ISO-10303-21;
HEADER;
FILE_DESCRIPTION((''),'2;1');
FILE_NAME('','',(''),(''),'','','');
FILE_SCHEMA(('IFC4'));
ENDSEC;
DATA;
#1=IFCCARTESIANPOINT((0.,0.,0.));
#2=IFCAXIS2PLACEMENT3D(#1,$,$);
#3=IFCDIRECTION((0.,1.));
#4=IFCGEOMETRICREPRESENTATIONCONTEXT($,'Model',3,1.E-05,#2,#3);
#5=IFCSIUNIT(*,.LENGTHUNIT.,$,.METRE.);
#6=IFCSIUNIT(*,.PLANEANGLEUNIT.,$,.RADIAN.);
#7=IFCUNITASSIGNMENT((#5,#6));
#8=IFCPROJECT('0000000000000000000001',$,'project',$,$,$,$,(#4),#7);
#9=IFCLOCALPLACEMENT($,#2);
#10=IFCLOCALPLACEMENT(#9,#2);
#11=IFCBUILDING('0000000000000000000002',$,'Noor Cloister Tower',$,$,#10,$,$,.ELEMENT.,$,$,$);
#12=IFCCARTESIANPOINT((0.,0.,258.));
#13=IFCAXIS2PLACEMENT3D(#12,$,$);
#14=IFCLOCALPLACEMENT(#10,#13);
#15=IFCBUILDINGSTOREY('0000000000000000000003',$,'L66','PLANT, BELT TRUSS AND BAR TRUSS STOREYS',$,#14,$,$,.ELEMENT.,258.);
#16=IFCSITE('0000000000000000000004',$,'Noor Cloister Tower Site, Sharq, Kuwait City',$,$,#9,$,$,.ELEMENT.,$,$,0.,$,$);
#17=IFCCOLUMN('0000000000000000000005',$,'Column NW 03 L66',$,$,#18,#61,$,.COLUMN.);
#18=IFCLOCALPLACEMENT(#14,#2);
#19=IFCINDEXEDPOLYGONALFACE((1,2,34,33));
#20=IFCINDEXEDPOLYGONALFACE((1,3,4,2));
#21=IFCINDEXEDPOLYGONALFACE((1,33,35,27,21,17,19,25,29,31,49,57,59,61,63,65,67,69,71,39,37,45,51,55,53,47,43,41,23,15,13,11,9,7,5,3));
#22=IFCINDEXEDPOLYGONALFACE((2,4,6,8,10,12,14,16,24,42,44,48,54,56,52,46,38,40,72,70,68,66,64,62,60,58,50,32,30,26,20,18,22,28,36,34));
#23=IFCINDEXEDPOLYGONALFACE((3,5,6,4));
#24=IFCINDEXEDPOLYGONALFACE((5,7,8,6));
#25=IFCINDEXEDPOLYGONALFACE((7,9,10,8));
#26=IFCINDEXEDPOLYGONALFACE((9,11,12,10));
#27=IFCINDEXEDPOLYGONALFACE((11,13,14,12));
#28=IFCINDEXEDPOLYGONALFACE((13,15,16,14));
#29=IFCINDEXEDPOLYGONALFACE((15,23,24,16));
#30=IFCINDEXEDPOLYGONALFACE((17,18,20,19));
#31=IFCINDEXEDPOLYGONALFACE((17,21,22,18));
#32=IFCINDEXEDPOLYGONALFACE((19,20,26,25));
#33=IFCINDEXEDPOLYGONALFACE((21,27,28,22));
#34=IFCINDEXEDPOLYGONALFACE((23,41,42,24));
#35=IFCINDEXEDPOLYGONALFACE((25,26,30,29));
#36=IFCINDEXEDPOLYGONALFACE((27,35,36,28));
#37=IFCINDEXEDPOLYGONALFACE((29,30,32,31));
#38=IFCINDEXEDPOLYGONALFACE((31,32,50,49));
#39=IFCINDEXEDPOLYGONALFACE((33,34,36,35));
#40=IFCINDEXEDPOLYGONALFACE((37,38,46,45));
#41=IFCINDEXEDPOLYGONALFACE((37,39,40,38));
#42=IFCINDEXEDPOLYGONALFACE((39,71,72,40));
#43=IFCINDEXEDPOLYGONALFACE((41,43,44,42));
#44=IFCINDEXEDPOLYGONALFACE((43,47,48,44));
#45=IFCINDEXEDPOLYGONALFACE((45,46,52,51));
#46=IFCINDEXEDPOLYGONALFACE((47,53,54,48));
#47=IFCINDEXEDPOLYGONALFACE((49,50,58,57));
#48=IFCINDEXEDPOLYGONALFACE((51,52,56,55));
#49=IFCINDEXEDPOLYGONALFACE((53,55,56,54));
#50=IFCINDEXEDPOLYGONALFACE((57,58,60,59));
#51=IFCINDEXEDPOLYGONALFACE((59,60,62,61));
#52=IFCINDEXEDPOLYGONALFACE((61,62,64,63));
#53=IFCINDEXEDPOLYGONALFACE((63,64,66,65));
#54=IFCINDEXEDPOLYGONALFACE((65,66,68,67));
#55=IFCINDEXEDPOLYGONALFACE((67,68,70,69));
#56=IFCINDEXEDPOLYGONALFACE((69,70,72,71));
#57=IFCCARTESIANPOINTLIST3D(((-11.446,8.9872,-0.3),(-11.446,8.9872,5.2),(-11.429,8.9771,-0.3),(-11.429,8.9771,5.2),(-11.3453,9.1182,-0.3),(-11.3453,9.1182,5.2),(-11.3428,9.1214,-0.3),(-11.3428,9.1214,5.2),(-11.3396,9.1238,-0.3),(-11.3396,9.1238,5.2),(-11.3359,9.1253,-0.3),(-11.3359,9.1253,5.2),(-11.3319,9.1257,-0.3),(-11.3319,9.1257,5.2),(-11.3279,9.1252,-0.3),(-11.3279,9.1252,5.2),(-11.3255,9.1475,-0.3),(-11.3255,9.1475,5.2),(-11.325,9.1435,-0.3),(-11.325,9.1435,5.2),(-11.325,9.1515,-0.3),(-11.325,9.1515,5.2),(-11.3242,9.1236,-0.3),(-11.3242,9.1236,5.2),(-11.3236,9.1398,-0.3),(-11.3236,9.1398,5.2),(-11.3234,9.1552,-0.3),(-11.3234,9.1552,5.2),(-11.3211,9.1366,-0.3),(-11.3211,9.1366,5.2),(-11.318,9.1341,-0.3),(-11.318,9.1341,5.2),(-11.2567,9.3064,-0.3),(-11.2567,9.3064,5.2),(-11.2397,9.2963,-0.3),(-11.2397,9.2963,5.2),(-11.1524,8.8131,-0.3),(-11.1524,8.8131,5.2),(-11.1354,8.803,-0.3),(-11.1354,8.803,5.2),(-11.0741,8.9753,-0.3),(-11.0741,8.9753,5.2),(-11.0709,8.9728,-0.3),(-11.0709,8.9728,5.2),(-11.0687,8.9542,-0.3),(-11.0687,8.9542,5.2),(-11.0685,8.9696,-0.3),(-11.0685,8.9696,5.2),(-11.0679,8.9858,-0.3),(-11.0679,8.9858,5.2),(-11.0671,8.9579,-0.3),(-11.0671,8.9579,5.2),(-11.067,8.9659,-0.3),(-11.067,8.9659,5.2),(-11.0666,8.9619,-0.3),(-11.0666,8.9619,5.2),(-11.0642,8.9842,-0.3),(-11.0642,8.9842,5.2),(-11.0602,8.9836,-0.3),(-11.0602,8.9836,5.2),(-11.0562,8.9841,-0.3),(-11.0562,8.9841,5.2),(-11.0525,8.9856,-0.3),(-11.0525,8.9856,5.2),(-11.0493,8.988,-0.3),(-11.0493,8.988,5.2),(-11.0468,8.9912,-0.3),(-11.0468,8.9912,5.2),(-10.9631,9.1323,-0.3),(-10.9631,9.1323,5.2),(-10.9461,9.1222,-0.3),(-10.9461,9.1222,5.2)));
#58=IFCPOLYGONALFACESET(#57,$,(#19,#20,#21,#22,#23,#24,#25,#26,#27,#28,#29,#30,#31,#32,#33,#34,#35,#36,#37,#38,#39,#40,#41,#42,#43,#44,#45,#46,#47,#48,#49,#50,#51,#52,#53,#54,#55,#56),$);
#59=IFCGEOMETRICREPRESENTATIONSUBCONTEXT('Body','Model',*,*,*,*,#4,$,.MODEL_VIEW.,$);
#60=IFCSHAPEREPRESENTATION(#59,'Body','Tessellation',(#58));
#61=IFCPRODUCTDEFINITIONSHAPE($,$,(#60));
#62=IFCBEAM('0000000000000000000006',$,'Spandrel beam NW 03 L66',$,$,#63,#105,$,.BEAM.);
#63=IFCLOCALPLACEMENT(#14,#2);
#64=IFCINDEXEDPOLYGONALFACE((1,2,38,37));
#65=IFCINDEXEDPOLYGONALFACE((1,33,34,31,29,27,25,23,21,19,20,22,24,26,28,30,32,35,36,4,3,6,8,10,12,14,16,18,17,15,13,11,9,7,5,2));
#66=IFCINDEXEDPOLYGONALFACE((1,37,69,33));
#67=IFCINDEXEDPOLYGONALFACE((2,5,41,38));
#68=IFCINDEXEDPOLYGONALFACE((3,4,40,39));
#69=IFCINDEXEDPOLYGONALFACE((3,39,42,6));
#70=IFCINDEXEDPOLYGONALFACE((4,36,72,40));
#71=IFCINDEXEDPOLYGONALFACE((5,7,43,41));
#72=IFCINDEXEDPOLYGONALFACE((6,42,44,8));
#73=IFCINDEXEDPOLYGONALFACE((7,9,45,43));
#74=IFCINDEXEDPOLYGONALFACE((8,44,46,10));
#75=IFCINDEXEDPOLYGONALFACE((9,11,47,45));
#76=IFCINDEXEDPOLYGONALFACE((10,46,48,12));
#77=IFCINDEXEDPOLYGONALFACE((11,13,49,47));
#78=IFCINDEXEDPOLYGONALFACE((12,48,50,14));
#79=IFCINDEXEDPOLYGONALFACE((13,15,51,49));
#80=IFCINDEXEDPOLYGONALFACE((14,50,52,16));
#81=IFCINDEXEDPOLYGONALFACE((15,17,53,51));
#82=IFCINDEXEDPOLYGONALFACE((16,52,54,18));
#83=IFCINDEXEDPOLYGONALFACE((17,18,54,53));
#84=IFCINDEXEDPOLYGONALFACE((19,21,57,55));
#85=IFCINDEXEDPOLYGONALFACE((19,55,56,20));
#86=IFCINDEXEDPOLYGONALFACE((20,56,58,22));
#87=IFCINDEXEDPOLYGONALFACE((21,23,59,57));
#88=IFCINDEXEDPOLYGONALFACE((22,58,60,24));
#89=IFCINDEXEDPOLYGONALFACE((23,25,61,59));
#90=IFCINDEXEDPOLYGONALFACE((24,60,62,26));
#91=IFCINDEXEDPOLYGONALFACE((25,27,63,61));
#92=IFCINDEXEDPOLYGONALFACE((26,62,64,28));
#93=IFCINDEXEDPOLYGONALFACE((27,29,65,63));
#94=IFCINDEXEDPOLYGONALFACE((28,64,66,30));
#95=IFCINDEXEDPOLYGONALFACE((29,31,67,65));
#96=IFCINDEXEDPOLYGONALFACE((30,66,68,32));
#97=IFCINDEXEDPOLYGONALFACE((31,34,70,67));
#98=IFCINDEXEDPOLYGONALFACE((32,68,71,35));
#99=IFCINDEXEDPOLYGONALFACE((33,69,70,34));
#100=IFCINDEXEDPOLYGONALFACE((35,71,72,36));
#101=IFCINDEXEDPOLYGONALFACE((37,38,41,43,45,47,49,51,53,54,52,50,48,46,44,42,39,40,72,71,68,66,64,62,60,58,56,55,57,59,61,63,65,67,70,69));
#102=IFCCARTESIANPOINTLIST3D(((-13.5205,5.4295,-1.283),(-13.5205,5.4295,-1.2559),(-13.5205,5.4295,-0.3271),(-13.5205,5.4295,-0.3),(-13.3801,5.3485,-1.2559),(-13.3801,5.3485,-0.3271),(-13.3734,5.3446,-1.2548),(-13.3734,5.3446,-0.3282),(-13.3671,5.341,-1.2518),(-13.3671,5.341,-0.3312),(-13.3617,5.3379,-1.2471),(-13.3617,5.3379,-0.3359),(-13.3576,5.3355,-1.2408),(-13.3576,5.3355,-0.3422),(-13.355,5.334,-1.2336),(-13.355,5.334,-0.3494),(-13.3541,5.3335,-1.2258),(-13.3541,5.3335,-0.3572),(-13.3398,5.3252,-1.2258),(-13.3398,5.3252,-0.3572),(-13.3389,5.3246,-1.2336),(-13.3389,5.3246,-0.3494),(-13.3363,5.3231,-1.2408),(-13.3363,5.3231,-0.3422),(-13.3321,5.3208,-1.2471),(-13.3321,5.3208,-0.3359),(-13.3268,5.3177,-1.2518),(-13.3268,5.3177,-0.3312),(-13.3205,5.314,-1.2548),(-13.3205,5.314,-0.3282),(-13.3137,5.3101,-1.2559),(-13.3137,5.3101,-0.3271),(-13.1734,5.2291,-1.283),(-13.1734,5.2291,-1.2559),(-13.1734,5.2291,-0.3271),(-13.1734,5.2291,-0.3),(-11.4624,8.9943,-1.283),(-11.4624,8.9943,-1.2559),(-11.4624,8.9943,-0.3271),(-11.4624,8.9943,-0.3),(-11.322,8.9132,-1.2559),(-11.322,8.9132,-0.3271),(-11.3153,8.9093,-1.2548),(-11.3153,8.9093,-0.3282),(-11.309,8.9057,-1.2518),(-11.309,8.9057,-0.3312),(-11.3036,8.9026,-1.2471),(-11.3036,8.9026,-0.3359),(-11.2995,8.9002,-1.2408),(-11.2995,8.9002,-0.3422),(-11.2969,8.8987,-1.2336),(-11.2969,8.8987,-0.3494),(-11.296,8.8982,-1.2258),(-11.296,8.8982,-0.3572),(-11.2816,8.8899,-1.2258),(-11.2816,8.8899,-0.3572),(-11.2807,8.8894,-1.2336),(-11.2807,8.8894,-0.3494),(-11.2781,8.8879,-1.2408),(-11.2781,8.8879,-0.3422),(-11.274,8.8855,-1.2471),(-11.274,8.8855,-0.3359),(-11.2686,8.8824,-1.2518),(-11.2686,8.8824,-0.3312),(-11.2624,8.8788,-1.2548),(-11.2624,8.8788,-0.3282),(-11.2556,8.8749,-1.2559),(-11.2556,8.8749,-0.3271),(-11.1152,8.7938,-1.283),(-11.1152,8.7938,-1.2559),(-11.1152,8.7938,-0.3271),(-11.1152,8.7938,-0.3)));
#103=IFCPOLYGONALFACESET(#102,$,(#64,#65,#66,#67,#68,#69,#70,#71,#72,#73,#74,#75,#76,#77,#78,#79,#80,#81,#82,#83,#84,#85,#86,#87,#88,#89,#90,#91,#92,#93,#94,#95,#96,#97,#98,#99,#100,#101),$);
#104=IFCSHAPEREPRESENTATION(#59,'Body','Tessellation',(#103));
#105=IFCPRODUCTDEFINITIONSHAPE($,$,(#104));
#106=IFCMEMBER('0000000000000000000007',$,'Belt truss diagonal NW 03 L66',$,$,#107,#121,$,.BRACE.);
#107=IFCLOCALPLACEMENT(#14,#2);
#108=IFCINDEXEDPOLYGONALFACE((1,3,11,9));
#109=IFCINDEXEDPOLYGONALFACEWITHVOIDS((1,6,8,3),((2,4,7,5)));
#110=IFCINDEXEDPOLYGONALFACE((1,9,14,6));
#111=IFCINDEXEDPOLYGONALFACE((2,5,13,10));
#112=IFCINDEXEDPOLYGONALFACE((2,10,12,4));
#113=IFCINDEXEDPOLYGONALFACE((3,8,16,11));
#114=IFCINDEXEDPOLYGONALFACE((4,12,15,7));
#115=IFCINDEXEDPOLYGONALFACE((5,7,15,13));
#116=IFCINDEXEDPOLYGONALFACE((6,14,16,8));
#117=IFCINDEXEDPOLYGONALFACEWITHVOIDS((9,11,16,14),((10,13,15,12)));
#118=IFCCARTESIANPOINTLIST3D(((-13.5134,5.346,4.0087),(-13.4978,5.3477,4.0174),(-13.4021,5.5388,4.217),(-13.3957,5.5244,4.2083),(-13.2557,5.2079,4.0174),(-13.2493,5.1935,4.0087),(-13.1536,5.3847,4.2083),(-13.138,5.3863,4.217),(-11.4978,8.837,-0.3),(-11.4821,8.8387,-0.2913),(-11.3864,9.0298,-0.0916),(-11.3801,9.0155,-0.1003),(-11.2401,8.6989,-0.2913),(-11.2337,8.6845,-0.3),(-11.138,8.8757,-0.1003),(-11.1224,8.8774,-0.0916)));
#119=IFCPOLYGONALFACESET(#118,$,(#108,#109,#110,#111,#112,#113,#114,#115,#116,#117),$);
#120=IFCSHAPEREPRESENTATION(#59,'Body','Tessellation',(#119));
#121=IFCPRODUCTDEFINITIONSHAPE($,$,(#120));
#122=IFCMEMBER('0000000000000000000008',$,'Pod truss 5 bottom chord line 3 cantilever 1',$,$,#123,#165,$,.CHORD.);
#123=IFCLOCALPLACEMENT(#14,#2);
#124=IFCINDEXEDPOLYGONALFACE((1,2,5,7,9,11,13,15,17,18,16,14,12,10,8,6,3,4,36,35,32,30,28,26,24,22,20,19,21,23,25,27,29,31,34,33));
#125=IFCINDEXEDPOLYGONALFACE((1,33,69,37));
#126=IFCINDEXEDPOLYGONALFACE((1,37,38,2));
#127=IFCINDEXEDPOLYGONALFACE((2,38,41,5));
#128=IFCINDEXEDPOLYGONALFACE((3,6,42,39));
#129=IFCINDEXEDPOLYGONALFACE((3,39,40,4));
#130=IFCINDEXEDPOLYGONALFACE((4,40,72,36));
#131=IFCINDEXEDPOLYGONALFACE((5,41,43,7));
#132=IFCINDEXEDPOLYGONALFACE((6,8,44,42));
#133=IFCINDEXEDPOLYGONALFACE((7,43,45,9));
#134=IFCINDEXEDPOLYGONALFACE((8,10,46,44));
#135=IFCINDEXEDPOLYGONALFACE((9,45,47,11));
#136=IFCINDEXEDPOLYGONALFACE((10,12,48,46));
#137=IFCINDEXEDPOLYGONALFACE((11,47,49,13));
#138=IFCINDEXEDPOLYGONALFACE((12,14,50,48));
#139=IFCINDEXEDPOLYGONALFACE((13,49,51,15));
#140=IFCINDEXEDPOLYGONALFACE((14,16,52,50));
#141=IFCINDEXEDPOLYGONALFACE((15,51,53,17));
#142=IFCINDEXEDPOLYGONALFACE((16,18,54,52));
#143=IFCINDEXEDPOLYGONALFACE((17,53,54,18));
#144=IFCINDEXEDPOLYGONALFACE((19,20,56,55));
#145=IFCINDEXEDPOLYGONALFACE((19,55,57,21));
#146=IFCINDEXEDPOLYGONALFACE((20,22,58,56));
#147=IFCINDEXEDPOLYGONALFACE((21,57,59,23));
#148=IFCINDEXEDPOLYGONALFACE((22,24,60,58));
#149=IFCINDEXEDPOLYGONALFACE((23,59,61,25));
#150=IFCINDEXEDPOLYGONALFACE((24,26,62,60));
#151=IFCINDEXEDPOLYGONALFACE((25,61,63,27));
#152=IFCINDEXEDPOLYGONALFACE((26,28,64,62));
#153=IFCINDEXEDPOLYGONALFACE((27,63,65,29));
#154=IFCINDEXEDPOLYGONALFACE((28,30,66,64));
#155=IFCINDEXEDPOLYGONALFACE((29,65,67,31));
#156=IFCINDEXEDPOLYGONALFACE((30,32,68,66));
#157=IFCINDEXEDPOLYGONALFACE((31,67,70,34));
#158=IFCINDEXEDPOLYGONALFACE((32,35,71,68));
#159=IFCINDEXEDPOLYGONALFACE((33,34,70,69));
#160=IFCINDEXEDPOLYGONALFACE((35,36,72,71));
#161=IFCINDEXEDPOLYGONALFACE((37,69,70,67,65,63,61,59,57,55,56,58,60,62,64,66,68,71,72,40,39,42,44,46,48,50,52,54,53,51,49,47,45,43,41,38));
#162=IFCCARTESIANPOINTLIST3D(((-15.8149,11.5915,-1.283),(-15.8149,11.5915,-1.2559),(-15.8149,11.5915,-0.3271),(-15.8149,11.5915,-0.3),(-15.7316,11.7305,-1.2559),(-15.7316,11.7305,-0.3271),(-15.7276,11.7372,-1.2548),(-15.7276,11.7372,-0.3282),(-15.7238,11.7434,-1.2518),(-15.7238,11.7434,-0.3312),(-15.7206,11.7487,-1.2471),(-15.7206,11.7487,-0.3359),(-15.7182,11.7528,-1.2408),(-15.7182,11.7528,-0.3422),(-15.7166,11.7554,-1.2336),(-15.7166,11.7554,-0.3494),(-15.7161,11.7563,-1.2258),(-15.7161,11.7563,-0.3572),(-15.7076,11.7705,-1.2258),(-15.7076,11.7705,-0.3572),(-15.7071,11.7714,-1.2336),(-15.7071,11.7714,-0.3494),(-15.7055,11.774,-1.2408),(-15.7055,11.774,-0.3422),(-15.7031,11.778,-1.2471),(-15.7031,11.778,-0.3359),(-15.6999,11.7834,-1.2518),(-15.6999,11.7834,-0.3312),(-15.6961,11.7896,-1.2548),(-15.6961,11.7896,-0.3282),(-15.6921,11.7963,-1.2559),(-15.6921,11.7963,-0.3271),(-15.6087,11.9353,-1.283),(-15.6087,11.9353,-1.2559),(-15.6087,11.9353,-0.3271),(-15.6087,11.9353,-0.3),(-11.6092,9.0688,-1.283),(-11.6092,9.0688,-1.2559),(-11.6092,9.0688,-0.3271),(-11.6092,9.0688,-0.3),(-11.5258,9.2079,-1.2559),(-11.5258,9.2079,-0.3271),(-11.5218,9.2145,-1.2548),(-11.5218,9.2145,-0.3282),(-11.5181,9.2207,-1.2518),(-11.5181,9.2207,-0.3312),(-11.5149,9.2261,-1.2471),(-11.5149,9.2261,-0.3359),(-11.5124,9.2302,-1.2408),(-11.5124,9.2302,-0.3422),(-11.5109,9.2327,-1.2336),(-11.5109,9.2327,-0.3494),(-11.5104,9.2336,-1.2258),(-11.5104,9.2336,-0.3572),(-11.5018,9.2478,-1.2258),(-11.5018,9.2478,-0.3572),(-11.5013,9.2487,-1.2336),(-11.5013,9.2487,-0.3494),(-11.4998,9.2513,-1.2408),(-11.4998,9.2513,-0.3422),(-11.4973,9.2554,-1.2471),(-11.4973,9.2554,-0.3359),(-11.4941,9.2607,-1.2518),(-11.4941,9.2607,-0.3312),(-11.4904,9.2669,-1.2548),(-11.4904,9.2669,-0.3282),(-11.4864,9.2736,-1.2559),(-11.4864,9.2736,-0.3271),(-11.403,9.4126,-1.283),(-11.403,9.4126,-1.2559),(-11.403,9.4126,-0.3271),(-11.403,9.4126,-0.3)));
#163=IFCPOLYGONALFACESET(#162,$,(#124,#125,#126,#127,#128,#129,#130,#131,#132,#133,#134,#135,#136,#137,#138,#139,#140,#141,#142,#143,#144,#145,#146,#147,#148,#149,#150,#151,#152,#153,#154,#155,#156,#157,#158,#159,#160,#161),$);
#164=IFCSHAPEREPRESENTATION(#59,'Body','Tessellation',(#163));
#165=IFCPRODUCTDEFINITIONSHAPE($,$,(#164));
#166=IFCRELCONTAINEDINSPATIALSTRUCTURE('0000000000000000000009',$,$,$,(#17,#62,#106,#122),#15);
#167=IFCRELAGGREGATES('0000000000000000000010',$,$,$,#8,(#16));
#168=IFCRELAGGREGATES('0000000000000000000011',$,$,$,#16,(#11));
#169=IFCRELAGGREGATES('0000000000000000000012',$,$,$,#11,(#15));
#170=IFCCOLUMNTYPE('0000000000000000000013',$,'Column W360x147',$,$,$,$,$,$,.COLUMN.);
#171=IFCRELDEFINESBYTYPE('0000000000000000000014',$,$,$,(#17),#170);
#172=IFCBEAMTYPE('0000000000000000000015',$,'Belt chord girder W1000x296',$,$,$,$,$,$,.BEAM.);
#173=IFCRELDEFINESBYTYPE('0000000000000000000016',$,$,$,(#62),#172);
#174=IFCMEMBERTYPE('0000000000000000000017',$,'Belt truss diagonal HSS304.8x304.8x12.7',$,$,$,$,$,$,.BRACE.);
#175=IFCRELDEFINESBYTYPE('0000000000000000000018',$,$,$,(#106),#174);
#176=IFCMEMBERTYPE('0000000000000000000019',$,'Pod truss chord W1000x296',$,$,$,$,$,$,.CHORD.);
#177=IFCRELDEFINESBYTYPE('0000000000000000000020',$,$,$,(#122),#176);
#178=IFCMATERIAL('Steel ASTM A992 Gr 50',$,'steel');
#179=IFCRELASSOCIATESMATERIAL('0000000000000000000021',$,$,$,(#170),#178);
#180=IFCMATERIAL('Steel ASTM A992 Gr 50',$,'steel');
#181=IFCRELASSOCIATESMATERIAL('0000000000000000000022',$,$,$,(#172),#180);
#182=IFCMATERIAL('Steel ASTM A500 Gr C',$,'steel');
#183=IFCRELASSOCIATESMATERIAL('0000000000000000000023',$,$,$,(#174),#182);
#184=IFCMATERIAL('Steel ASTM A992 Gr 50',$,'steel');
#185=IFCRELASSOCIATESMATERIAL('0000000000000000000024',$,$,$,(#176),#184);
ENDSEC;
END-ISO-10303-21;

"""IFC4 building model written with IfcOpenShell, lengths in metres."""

from ifc_helpers import new_model, si_unit, direction, frame, origin, origin_2d, place, context, subcontext, project, spatial, hollow_rectangle, i_section, extrude, material, material_profile, profile_set, type_object, element, save


model = new_model("IFC4")

# Units and contexts
model_context = context("Model", 3, precision=1e-05, world=origin(), true_north=direction((0.0, 1.0)))
body_context = subcontext(model_context, "Body", "Model", "MODEL_VIEW")
ifc_project = project(units=[si_unit("LENGTHUNIT", "METRE"), si_unit("PLANEANGLEUNIT", "RADIAN")], contexts=[model_context])

# Site, building, storey
site_placement = place(None, origin())
site = spatial("IfcSite", under=ifc_project, at=site_placement, Name="Noor Cloister Tower Site, Sharq, Kuwait City", CompositionType="ELEMENT", RefElevation=0.0)
building_placement = place(site_placement, origin())
building = spatial("IfcBuilding", under=site, at=building_placement, Name="Noor Cloister Tower", CompositionType="ELEMENT")
storey_placement = place(building_placement, frame((0.0, 0.0, 258.0)))
storey = spatial("IfcBuildingStorey", under=building, at=storey_placement, Name="L66", Description="PLANT, BELT TRUSS AND BAR TRUSS STOREYS", CompositionType="ELEMENT", Elevation=258.0)

# Column
ifc_material_1 = material(Name="Steel ASTM A992 Gr 50", Category="steel")
ifc_material_profile_1 = material_profile(ifc_material_1, i_section(OverallWidth=0.3711, OverallDepth=0.3611, WebThickness=0.0122, FlangeThickness=0.0198, FilletRadius=0.0154, at=origin_2d()), Name="W360x147")
ifc_profile_set_1 = profile_set([ifc_material_profile_1], Name="Steel ASTM A992 Gr 50")
column_type = type_object("IfcColumnType", Name="Column W360x147", PredefinedType="COLUMN", material=ifc_profile_set_1)
column_placement = place(storey_placement, frame((-11.196, 9.0547, -0.3), z_axis=(0.0, 0.0, 1.0), x_axis=(-0.510009, -0.860169, 0.0)))
element("IfcColumn", 1, at=column_placement, inside=storey, type_object=column_type, Name="Column NW 03 L66", PredefinedType="COLUMN", context=body_context, shape_type="SweptSolid", body=[
    extrude(i_section(OverallWidth=0.3711, OverallDepth=0.3611, WebThickness=0.0122, FlangeThickness=0.0198, FilletRadius=0.0154, at=origin_2d()), origin(), (0.0, 0.0, 1.0), 5.5),
])

# Beam
ifc_material_2 = material(Name="Steel ASTM A992 Gr 50", Category="steel")
ifc_material_profile_2 = material_profile(ifc_material_2, i_section(OverallWidth=0.4009, OverallDepth=0.9829, WebThickness=0.0166, FlangeThickness=0.0271, FilletRadius=0.03, at=origin_2d()), Name="W1000x296")
ifc_profile_set_2 = profile_set([ifc_material_profile_2], Name="Steel ASTM A992 Gr 50")
beam_type = type_object("IfcBeamType", Name="Belt chord girder W1000x296", PredefinedType="BEAM", material=ifc_profile_set_2)
beam_placement = place(storey_placement, frame((-11.2888, 8.894, -0.7915), z_axis=(-0.500005, -0.866023, 0.0), x_axis=(0.866023, -0.500005, 0.0)))
element("IfcBeam", 2, at=beam_placement, inside=storey, type_object=beam_type, Name="Spandrel beam NW 03 L66", PredefinedType="BEAM", context=body_context, shape_type="SweptSolid", body=[
    extrude(i_section(OverallWidth=0.4009, OverallDepth=0.9829, WebThickness=0.0166, FlangeThickness=0.0271, FilletRadius=0.03, at=origin_2d()), origin(), (0.0, 0.0, 1.0), 4.1162),
])

# Members
ifc_material_3 = material(Name="Steel ASTM A500 Gr C", Category="steel")
ifc_material_profile_3 = material_profile(ifc_material_3, hollow_rectangle(XDim=0.3049, YDim=0.3049, WallThickness=0.0127, at=origin_2d()), Name="HSS304.8x304.8x12.7")
ifc_profile_set_3 = profile_set([ifc_material_profile_3], Name="Steel ASTM A500 Gr C")
member_type_1 = type_object("IfcMemberType", Name="Belt truss diagonal HSS304.8x304.8x12.7", PredefinedType="BRACE", material=ifc_profile_set_3)
member_1_placement = place(storey_placement, frame((-11.3101, 8.8572, -0.1958), z_axis=(-0.341614, -0.591659, 0.730233), x_axis=(0.866013, -0.500021, 0.0)))
element("IfcMember", 3, at=member_1_placement, inside=storey, type_object=member_type_1, Name="Belt truss diagonal NW 03 L66", PredefinedType="BRACE", context=body_context, shape_type="SweptSolid", body=[
    extrude(hollow_rectangle(XDim=0.3049, YDim=0.3049, WallThickness=0.0127, at=origin_2d()), origin(), (0.0, 0.0, 1.0), 5.9004),
])
ifc_material_4 = material(Name="Steel ASTM A992 Gr 50", Category="steel")
ifc_material_profile_4 = material_profile(ifc_material_4, i_section(OverallWidth=0.4009, OverallDepth=0.9829, WebThickness=0.0166, FlangeThickness=0.0271, FilletRadius=0.03, at=origin_2d()), Name="W1000x296")
ifc_profile_set_4 = profile_set([ifc_material_profile_4], Name="Steel ASTM A992 Gr 50")
member_type_2 = type_object("IfcMemberType", Name="Pod truss chord W1000x296", PredefinedType="CHORD", material=ifc_profile_set_4)
member_2_placement = place(storey_placement, frame((-11.5061, 9.2407, -0.7915), z_axis=(-0.857563, 0.514379, 0.0), x_axis=(-0.514379, -0.857563, 0.0)))
element("IfcMember", 4, at=member_2_placement, inside=storey, type_object=member_type_2, Name="Pod truss 5 bottom chord line 3 cantilever 1", PredefinedType="CHORD", context=body_context, shape_type="SweptSolid", body=[
    extrude(i_section(OverallWidth=0.4009, OverallDepth=0.9829, WebThickness=0.0166, FlangeThickness=0.0271, FilletRadius=0.03, at=origin_2d()), origin(), (0.0, 0.0, 1.0), 4.9043),
])

save(model, "model.ifc")
